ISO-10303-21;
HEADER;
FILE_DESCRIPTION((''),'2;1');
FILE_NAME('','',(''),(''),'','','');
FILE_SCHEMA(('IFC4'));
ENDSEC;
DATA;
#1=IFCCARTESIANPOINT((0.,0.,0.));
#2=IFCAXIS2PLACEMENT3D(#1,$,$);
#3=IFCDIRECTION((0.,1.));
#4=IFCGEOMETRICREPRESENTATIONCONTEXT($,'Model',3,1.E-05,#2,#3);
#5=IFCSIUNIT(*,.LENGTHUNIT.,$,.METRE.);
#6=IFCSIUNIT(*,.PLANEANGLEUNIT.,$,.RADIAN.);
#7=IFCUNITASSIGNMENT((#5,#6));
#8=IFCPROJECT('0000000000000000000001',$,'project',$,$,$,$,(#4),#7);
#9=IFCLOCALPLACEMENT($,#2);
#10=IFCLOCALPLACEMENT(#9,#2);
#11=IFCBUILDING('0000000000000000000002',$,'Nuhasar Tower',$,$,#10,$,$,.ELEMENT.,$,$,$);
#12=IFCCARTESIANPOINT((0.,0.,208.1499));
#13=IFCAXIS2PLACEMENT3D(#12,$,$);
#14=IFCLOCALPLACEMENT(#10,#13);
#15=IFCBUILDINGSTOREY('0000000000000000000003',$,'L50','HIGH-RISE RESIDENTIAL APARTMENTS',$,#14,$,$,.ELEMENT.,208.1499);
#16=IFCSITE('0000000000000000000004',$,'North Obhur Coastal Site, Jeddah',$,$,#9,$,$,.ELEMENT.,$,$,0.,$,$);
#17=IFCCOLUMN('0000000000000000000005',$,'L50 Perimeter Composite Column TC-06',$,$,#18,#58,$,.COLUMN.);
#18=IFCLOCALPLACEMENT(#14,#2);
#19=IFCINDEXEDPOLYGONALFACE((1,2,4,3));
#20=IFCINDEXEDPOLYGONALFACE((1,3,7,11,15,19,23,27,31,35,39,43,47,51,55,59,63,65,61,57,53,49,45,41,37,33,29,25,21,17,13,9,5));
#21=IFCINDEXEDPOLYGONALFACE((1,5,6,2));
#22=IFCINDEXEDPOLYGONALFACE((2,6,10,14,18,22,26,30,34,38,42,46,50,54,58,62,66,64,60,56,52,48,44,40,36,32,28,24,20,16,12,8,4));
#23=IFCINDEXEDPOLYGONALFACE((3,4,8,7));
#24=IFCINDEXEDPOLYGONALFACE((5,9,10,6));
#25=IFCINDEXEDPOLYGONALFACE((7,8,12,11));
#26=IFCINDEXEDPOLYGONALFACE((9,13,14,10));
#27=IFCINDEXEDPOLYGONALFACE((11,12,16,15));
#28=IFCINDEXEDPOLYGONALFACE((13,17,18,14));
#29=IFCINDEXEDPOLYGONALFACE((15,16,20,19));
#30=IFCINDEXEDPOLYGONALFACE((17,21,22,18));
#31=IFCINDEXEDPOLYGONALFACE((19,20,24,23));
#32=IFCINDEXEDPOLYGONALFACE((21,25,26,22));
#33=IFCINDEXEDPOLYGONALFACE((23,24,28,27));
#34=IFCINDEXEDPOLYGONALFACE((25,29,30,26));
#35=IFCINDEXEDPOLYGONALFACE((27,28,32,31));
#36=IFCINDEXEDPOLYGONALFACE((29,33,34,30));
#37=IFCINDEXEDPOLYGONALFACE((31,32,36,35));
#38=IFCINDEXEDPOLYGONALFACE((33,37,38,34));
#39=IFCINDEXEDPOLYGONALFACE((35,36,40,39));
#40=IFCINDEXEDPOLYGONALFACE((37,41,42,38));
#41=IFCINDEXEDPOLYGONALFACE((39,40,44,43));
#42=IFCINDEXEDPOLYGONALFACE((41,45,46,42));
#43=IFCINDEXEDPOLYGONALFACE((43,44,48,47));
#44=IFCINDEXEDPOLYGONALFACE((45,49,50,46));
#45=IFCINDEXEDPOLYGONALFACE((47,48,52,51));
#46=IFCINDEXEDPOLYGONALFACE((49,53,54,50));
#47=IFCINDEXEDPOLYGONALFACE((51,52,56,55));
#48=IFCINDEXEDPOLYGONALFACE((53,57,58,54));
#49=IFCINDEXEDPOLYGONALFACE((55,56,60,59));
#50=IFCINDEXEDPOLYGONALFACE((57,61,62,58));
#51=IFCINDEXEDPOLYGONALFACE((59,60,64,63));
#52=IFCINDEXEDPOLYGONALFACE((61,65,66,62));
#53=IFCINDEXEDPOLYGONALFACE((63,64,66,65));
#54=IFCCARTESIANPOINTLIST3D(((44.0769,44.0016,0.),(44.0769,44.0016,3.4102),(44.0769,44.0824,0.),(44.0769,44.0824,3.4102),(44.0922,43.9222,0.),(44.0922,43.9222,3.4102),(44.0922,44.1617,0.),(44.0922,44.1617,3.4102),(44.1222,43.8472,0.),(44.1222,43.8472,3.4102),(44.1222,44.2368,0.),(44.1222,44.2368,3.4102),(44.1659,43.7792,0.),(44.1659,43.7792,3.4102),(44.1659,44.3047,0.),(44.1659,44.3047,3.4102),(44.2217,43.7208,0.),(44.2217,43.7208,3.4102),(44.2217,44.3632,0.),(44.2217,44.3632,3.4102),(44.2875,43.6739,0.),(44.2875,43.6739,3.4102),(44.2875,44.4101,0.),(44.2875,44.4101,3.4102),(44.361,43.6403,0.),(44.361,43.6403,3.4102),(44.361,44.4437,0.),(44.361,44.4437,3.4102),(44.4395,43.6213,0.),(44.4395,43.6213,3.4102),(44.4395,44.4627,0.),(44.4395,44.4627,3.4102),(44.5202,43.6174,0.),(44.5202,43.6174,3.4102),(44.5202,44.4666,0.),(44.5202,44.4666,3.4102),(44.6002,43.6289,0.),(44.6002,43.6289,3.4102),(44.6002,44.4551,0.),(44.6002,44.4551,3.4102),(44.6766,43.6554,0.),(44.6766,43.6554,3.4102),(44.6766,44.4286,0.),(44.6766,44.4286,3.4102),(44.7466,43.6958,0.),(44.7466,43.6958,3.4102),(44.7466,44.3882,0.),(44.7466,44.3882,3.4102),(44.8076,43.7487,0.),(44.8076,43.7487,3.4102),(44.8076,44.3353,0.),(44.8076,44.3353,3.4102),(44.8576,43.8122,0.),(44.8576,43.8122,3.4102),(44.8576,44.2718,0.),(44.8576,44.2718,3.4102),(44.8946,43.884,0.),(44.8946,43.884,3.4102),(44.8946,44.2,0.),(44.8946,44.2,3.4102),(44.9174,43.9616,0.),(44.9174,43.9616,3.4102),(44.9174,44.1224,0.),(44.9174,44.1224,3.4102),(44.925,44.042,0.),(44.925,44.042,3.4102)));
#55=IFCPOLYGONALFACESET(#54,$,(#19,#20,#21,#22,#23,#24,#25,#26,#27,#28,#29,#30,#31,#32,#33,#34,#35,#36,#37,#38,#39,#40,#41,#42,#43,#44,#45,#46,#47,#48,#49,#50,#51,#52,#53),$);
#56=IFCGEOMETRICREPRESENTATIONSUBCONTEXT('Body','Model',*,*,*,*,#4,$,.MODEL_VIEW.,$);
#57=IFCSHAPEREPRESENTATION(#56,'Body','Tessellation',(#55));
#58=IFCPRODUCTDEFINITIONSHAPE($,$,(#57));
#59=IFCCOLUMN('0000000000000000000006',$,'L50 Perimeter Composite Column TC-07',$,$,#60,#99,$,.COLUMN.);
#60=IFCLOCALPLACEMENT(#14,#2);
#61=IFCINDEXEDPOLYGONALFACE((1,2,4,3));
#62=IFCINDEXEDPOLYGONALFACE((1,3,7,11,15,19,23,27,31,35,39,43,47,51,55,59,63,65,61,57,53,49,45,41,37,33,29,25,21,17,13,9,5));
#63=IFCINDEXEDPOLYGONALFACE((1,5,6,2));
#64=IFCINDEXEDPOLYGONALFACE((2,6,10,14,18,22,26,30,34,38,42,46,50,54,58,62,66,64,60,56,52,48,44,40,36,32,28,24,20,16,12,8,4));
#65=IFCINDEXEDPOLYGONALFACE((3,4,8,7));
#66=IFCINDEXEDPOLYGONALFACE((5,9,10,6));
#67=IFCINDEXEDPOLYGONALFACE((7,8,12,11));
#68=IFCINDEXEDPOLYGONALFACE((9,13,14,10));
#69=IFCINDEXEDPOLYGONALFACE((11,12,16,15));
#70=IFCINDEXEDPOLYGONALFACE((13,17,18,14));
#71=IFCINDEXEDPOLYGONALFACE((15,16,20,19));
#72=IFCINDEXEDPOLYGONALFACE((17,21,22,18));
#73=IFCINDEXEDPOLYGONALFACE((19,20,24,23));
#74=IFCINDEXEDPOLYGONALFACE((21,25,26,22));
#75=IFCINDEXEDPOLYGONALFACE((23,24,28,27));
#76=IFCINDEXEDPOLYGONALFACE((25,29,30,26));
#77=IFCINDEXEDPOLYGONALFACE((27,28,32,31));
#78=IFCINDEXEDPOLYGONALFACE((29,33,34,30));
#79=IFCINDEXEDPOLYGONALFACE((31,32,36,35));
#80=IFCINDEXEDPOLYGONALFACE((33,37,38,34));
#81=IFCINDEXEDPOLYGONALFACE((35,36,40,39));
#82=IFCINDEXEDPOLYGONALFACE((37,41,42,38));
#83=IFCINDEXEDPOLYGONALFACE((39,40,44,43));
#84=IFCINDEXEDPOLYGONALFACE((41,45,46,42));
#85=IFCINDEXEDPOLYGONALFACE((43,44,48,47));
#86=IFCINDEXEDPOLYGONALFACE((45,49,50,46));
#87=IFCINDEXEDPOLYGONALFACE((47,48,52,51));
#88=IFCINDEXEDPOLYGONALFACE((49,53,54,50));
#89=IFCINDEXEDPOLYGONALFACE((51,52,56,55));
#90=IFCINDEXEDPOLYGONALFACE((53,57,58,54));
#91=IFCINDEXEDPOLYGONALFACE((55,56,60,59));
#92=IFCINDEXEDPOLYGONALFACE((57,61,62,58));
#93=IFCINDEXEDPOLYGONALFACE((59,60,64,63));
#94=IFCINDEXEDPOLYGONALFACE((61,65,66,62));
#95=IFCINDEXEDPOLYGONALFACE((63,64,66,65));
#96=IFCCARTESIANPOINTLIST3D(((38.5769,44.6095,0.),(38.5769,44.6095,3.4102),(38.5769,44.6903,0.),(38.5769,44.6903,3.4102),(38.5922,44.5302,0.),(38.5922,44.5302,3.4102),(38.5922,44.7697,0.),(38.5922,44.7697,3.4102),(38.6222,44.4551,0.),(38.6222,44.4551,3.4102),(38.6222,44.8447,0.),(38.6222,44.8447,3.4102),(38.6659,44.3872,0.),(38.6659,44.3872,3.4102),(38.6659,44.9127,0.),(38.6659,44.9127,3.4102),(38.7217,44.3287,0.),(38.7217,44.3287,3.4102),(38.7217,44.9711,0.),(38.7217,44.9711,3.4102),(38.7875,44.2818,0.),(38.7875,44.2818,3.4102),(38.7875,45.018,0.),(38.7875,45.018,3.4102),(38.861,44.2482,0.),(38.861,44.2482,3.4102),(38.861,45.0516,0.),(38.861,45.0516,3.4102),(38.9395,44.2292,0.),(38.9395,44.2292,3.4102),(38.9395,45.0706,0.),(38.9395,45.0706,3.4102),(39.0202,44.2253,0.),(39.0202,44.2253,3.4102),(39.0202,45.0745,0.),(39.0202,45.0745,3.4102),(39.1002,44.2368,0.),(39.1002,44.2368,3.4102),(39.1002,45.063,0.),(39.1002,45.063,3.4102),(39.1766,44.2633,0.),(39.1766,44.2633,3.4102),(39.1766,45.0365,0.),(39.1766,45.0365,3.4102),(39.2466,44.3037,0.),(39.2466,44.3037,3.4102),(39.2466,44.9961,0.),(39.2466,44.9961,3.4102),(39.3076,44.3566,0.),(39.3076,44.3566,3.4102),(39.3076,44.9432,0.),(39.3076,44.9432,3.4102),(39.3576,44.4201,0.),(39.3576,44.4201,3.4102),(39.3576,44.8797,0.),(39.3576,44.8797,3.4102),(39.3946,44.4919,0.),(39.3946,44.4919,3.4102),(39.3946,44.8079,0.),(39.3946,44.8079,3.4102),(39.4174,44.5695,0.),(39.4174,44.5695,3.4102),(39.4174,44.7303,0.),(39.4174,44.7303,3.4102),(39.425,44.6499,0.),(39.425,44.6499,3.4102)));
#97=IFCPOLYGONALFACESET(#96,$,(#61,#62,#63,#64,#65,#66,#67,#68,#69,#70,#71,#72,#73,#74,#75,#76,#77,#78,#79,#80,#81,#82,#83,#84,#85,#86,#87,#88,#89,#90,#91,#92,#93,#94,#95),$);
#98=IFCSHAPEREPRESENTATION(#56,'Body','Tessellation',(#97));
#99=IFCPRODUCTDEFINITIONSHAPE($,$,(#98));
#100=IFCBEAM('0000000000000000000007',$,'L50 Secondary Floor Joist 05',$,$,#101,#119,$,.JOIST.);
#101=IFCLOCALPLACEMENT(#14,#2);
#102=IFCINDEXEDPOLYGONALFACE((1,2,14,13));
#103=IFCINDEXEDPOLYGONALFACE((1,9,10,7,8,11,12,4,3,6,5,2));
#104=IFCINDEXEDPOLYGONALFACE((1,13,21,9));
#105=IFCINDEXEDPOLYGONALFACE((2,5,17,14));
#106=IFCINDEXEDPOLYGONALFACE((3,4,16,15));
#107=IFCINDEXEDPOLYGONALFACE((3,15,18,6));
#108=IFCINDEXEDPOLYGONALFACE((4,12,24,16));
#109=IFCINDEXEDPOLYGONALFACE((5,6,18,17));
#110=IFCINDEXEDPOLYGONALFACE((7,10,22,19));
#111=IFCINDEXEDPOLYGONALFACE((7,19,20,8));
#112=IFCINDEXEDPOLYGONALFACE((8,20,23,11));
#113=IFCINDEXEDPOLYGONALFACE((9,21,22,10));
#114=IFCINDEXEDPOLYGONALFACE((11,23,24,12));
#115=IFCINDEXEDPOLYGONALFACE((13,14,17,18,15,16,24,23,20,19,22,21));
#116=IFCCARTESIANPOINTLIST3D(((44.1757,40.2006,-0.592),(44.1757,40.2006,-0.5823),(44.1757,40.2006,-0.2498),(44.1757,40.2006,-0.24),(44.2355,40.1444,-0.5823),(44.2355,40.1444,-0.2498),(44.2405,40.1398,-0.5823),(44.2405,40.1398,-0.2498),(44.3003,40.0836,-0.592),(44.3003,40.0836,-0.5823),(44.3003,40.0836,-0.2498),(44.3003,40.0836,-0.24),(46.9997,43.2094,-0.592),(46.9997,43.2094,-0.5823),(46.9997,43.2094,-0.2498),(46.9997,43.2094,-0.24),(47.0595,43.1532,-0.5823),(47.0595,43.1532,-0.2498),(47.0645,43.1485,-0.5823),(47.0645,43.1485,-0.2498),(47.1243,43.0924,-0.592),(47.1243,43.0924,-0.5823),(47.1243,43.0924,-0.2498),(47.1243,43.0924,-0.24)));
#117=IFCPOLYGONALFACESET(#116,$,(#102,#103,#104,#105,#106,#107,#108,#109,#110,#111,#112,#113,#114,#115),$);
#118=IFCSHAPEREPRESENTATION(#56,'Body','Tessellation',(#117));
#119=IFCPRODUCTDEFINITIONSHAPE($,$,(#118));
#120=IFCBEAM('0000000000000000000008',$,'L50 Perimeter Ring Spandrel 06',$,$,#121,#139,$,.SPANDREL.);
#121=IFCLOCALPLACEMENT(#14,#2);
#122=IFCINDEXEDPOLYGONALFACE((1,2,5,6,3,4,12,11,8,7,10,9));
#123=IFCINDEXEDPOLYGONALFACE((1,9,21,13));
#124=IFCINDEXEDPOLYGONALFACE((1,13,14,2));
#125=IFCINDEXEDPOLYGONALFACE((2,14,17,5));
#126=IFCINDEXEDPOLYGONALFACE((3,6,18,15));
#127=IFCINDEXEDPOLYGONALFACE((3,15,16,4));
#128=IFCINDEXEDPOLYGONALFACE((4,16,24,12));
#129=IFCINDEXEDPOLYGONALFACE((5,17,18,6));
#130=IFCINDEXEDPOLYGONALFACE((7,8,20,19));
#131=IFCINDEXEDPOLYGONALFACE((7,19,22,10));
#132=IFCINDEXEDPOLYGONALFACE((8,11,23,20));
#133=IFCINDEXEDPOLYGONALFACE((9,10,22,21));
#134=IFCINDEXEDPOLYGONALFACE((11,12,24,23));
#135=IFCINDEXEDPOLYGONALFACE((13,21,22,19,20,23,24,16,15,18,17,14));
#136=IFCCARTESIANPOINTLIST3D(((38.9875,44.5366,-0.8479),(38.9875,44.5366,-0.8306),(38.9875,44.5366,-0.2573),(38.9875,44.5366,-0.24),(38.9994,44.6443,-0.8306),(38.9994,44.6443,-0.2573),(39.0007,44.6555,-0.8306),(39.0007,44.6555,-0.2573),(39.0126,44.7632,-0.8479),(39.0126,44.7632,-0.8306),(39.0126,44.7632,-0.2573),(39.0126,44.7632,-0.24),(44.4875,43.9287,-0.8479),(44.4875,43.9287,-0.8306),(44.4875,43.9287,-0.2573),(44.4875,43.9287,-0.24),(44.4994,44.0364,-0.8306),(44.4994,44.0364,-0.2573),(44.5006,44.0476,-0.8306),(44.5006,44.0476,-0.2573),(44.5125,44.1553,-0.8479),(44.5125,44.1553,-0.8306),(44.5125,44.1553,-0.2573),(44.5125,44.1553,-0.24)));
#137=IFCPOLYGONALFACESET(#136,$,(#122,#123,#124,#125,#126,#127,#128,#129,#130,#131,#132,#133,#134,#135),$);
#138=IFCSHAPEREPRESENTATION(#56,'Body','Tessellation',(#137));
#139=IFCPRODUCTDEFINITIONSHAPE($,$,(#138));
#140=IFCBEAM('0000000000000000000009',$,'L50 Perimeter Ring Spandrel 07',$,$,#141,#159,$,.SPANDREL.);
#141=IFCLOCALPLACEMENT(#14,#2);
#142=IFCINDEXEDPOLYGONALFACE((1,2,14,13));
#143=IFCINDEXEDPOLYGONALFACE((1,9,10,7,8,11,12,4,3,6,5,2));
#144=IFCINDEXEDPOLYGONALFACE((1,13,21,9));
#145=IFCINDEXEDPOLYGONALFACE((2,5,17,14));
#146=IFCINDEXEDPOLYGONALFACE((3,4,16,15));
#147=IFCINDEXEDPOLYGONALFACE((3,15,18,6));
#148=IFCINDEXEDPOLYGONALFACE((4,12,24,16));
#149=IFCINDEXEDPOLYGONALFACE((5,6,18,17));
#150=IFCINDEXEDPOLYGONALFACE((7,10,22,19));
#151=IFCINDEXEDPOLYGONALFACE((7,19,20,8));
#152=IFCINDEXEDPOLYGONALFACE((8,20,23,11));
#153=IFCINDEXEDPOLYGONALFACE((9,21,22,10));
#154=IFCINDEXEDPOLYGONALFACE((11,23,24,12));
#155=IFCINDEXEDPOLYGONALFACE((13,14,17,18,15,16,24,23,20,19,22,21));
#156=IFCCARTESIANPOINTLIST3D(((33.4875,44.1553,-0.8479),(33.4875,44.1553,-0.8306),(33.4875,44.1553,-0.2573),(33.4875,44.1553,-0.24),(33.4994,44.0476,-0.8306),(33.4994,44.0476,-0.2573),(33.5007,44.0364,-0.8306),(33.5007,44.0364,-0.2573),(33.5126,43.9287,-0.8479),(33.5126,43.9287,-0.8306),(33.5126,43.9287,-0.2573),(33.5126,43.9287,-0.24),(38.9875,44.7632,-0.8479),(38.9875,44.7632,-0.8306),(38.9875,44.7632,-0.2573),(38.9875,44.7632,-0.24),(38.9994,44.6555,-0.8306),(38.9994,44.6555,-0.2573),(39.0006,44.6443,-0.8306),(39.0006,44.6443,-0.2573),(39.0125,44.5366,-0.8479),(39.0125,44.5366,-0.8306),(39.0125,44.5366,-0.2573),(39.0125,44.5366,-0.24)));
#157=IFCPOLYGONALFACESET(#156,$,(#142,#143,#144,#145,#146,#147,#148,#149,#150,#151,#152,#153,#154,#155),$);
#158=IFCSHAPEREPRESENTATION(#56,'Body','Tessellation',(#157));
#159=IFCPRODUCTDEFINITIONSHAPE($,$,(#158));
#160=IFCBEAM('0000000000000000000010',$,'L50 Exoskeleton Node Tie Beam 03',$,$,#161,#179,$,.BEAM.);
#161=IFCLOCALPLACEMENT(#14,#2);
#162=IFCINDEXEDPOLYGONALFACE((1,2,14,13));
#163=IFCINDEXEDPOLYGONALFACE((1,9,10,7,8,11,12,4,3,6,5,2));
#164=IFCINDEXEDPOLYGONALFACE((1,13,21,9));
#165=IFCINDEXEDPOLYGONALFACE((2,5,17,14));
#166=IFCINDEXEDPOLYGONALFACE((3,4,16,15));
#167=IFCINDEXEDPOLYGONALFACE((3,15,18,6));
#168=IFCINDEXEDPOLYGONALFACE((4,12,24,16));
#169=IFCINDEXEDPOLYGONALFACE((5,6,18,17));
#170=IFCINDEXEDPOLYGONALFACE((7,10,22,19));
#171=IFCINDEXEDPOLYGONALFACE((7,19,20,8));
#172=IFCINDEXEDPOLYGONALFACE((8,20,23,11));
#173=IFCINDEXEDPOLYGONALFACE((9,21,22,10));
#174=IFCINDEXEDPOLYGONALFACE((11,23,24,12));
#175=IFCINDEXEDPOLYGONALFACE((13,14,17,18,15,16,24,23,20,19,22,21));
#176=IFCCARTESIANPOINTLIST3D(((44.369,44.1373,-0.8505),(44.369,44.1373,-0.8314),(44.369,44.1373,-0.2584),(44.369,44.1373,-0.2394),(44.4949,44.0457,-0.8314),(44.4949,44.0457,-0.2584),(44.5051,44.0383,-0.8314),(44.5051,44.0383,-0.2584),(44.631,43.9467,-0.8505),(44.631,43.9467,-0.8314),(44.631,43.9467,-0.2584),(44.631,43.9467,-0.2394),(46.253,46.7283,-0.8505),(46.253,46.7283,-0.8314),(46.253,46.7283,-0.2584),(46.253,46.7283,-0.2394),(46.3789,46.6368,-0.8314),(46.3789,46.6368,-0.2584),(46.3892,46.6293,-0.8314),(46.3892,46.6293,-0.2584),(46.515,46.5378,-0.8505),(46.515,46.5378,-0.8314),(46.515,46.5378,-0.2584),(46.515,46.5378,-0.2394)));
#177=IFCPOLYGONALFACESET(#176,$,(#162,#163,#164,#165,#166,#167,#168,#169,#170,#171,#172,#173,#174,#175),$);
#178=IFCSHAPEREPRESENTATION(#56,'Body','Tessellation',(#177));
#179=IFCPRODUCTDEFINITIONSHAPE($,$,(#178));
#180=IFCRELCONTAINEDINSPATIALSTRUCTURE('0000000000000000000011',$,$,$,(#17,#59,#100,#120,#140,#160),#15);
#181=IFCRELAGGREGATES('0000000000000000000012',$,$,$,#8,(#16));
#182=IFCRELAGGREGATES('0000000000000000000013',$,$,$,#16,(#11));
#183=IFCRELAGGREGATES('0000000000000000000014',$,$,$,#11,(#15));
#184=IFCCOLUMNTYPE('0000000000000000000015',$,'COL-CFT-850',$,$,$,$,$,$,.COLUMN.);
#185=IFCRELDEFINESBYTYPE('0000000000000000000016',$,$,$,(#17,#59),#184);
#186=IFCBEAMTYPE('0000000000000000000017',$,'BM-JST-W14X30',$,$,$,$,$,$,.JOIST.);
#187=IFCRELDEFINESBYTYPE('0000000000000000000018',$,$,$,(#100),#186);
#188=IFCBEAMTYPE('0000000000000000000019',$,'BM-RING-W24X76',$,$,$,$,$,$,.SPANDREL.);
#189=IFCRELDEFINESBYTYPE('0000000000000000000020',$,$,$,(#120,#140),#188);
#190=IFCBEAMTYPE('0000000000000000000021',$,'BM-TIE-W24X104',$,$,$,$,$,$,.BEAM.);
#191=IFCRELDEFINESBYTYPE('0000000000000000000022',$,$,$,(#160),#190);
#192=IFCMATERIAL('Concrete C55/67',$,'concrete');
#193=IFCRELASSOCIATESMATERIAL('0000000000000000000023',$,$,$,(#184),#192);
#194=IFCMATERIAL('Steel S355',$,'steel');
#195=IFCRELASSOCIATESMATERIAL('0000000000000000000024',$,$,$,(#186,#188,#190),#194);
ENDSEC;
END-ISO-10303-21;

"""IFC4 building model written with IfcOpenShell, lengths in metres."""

from ifc_helpers import new_model, si_unit, direction, frame, origin, origin_2d, place, context, subcontext, project, spatial, circle, i_section, extrude, material, material_profile, profile_set, type_object, element, save


model = new_model("IFC4")

# Units and contexts
model_context = context("Model", 3, precision=1e-05, world=origin(), true_north=direction((0.0, 1.0)))
body_context = subcontext(model_context, "Body", "Model", "MODEL_VIEW")
ifc_project = project(units=[si_unit("LENGTHUNIT", "METRE"), si_unit("PLANEANGLEUNIT", "RADIAN")], contexts=[model_context])

# Site, building, storey
site_placement = place(None, origin())
site = spatial("IfcSite", under=ifc_project, at=site_placement, Name="North Obhur Coastal Site, Jeddah", CompositionType="ELEMENT", RefElevation=0.0)
building_placement = place(site_placement, origin())
building = spatial("IfcBuilding", under=site, at=building_placement, Name="Nuhasar Tower", CompositionType="ELEMENT")
storey_placement = place(building_placement, frame((0.0, 0.0, 208.1499)))
storey = spatial("IfcBuildingStorey", under=building, at=storey_placement, Name="L50", Description="HIGH-RISE RESIDENTIAL APARTMENTS", CompositionType="ELEMENT", Elevation=208.1499)

# Columns
ifc_material_1 = material(Name="Concrete C55/67", Category="concrete")
ifc_material_profile_1 = material_profile(ifc_material_1, circle(Radius=0.425, at=origin_2d()), Name="CFT850")
ifc_profile_set_1 = profile_set([ifc_material_profile_1], Name="Concrete C55/67")
column_type = type_object("IfcColumnType", Name="COL-CFT-850", PredefinedType="COLUMN", material=ifc_profile_set_1)
for number, where, z_axis, x_axis, name in (
    (1, (44.5, 44.042, 0.0), (0.0, 0.0, 1.0), (1.0, 0.0, 0.0), "L50 Perimeter Composite Column TC-06"),
    (2, (39.0, 44.6499, 0.0), (0.0, 0.0, 1.0), (1.0, 0.0, 0.0), "L50 Perimeter Composite Column TC-07"),
):
    element("IfcColumn", number, at=place(storey_placement, frame(where, z_axis=z_axis, x_axis=x_axis)), inside=storey, type_object=column_type, Name=name, PredefinedType="COLUMN", context=body_context, shape_type="SweptSolid", body=[
        extrude(circle(Radius=0.425, at=origin_2d()), origin(), (0.0, 0.0, 1.0), 3.4102),
    ])

# Beams
ifc_material_2 = material(Name="Steel S355", Category="steel")
ifc_material_profile_2 = material_profile(ifc_material_2, i_section(OverallWidth=0.1709, OverallDepth=0.3521, WebThickness=0.0068, FlangeThickness=0.0098, at=origin_2d()), Name="W14X30")
ifc_profile_set_2 = profile_set([ifc_material_profile_2], Name="Steel S355")
beam_type_1 = type_object("IfcBeamType", Name="BM-JST-W14X30", PredefinedType="JOIST", material=ifc_profile_set_2)
beam_1_placement = place(storey_placement, frame((44.238, 40.1421, -0.416), z_axis=(0.684358, 0.729146, 0.0), x_axis=(-0.729146, 0.684358, 0.0)))
element("IfcBeam", 3, at=beam_1_placement, inside=storey, type_object=beam_type_1, Name="L50 Secondary Floor Joist 05", PredefinedType="JOIST", context=body_context, shape_type="SweptSolid", body=[
    extrude(i_section(OverallWidth=0.1709, OverallDepth=0.3521, WebThickness=0.0068, FlangeThickness=0.0098, at=origin_2d()), origin(), (0.0, 0.0, 1.0), 4.1265),
])
ifc_material_profile_3 = material_profile(ifc_material_2, i_section(OverallWidth=0.228, OverallDepth=0.6079, WebThickness=0.0112, FlangeThickness=0.0173, at=origin_2d()), Name="W24X76")
ifc_profile_set_3 = profile_set([ifc_material_profile_3], Name="Steel S355")
beam_type_2 = type_object("IfcBeamType", Name="BM-RING-W24X76", PredefinedType="SPANDREL", material=ifc_profile_set_3)
for number, where, z_axis, x_axis, name in (
    (4, (44.5, 44.042, -0.5439), (-0.993947, 0.10986, 0.0), (-0.10986, -0.993947, 0.0), "L50 Perimeter Ring Spandrel 06"),
    (5, (39.0, 44.6499, -0.5439), (-0.993947, -0.10986, 0.0), (0.10986, -0.993947, 0.0), "L50 Perimeter Ring Spandrel 07"),
):
    element("IfcBeam", number, at=place(storey_placement, frame(where, z_axis=z_axis, x_axis=x_axis)), inside=storey, type_object=beam_type_2, Name=name, PredefinedType="SPANDREL", context=body_context, shape_type="SweptSolid", body=[
        extrude(i_section(OverallWidth=0.228, OverallDepth=0.6079, WebThickness=0.0112, FlangeThickness=0.0173, at=origin_2d()), origin(), (0.0, 0.0, 1.0), 5.5334),
    ])
ifc_material_profile_4 = material_profile(ifc_material_2, i_section(OverallWidth=0.324, OverallDepth=0.6111, WebThickness=0.0127, FlangeThickness=0.019, at=origin_2d()), Name="W24X104")
ifc_profile_set_4 = profile_set([ifc_material_profile_4], Name="Steel S355")
beam_type_3 = type_object("IfcBeamType", Name="BM-TIE-W24X104", PredefinedType="BEAM", material=ifc_profile_set_4)
beam_2_placement = place(storey_placement, frame((44.5, 44.042, -0.5449), z_axis=(0.588095, 0.808792, 0.0), x_axis=(-0.808792, 0.588095, 0.0)))
element("IfcBeam", 6, at=beam_2_placement, inside=storey, type_object=beam_type_3, Name="L50 Exoskeleton Node Tie Beam 03", PredefinedType="BEAM", context=body_context, shape_type="SweptSolid", body=[
    extrude(i_section(OverallWidth=0.324, OverallDepth=0.6111, WebThickness=0.0127, FlangeThickness=0.019, at=origin_2d()), origin(), (0.0, 0.0, 1.0), 3.2036),
])

save(model, "model.ifc")
